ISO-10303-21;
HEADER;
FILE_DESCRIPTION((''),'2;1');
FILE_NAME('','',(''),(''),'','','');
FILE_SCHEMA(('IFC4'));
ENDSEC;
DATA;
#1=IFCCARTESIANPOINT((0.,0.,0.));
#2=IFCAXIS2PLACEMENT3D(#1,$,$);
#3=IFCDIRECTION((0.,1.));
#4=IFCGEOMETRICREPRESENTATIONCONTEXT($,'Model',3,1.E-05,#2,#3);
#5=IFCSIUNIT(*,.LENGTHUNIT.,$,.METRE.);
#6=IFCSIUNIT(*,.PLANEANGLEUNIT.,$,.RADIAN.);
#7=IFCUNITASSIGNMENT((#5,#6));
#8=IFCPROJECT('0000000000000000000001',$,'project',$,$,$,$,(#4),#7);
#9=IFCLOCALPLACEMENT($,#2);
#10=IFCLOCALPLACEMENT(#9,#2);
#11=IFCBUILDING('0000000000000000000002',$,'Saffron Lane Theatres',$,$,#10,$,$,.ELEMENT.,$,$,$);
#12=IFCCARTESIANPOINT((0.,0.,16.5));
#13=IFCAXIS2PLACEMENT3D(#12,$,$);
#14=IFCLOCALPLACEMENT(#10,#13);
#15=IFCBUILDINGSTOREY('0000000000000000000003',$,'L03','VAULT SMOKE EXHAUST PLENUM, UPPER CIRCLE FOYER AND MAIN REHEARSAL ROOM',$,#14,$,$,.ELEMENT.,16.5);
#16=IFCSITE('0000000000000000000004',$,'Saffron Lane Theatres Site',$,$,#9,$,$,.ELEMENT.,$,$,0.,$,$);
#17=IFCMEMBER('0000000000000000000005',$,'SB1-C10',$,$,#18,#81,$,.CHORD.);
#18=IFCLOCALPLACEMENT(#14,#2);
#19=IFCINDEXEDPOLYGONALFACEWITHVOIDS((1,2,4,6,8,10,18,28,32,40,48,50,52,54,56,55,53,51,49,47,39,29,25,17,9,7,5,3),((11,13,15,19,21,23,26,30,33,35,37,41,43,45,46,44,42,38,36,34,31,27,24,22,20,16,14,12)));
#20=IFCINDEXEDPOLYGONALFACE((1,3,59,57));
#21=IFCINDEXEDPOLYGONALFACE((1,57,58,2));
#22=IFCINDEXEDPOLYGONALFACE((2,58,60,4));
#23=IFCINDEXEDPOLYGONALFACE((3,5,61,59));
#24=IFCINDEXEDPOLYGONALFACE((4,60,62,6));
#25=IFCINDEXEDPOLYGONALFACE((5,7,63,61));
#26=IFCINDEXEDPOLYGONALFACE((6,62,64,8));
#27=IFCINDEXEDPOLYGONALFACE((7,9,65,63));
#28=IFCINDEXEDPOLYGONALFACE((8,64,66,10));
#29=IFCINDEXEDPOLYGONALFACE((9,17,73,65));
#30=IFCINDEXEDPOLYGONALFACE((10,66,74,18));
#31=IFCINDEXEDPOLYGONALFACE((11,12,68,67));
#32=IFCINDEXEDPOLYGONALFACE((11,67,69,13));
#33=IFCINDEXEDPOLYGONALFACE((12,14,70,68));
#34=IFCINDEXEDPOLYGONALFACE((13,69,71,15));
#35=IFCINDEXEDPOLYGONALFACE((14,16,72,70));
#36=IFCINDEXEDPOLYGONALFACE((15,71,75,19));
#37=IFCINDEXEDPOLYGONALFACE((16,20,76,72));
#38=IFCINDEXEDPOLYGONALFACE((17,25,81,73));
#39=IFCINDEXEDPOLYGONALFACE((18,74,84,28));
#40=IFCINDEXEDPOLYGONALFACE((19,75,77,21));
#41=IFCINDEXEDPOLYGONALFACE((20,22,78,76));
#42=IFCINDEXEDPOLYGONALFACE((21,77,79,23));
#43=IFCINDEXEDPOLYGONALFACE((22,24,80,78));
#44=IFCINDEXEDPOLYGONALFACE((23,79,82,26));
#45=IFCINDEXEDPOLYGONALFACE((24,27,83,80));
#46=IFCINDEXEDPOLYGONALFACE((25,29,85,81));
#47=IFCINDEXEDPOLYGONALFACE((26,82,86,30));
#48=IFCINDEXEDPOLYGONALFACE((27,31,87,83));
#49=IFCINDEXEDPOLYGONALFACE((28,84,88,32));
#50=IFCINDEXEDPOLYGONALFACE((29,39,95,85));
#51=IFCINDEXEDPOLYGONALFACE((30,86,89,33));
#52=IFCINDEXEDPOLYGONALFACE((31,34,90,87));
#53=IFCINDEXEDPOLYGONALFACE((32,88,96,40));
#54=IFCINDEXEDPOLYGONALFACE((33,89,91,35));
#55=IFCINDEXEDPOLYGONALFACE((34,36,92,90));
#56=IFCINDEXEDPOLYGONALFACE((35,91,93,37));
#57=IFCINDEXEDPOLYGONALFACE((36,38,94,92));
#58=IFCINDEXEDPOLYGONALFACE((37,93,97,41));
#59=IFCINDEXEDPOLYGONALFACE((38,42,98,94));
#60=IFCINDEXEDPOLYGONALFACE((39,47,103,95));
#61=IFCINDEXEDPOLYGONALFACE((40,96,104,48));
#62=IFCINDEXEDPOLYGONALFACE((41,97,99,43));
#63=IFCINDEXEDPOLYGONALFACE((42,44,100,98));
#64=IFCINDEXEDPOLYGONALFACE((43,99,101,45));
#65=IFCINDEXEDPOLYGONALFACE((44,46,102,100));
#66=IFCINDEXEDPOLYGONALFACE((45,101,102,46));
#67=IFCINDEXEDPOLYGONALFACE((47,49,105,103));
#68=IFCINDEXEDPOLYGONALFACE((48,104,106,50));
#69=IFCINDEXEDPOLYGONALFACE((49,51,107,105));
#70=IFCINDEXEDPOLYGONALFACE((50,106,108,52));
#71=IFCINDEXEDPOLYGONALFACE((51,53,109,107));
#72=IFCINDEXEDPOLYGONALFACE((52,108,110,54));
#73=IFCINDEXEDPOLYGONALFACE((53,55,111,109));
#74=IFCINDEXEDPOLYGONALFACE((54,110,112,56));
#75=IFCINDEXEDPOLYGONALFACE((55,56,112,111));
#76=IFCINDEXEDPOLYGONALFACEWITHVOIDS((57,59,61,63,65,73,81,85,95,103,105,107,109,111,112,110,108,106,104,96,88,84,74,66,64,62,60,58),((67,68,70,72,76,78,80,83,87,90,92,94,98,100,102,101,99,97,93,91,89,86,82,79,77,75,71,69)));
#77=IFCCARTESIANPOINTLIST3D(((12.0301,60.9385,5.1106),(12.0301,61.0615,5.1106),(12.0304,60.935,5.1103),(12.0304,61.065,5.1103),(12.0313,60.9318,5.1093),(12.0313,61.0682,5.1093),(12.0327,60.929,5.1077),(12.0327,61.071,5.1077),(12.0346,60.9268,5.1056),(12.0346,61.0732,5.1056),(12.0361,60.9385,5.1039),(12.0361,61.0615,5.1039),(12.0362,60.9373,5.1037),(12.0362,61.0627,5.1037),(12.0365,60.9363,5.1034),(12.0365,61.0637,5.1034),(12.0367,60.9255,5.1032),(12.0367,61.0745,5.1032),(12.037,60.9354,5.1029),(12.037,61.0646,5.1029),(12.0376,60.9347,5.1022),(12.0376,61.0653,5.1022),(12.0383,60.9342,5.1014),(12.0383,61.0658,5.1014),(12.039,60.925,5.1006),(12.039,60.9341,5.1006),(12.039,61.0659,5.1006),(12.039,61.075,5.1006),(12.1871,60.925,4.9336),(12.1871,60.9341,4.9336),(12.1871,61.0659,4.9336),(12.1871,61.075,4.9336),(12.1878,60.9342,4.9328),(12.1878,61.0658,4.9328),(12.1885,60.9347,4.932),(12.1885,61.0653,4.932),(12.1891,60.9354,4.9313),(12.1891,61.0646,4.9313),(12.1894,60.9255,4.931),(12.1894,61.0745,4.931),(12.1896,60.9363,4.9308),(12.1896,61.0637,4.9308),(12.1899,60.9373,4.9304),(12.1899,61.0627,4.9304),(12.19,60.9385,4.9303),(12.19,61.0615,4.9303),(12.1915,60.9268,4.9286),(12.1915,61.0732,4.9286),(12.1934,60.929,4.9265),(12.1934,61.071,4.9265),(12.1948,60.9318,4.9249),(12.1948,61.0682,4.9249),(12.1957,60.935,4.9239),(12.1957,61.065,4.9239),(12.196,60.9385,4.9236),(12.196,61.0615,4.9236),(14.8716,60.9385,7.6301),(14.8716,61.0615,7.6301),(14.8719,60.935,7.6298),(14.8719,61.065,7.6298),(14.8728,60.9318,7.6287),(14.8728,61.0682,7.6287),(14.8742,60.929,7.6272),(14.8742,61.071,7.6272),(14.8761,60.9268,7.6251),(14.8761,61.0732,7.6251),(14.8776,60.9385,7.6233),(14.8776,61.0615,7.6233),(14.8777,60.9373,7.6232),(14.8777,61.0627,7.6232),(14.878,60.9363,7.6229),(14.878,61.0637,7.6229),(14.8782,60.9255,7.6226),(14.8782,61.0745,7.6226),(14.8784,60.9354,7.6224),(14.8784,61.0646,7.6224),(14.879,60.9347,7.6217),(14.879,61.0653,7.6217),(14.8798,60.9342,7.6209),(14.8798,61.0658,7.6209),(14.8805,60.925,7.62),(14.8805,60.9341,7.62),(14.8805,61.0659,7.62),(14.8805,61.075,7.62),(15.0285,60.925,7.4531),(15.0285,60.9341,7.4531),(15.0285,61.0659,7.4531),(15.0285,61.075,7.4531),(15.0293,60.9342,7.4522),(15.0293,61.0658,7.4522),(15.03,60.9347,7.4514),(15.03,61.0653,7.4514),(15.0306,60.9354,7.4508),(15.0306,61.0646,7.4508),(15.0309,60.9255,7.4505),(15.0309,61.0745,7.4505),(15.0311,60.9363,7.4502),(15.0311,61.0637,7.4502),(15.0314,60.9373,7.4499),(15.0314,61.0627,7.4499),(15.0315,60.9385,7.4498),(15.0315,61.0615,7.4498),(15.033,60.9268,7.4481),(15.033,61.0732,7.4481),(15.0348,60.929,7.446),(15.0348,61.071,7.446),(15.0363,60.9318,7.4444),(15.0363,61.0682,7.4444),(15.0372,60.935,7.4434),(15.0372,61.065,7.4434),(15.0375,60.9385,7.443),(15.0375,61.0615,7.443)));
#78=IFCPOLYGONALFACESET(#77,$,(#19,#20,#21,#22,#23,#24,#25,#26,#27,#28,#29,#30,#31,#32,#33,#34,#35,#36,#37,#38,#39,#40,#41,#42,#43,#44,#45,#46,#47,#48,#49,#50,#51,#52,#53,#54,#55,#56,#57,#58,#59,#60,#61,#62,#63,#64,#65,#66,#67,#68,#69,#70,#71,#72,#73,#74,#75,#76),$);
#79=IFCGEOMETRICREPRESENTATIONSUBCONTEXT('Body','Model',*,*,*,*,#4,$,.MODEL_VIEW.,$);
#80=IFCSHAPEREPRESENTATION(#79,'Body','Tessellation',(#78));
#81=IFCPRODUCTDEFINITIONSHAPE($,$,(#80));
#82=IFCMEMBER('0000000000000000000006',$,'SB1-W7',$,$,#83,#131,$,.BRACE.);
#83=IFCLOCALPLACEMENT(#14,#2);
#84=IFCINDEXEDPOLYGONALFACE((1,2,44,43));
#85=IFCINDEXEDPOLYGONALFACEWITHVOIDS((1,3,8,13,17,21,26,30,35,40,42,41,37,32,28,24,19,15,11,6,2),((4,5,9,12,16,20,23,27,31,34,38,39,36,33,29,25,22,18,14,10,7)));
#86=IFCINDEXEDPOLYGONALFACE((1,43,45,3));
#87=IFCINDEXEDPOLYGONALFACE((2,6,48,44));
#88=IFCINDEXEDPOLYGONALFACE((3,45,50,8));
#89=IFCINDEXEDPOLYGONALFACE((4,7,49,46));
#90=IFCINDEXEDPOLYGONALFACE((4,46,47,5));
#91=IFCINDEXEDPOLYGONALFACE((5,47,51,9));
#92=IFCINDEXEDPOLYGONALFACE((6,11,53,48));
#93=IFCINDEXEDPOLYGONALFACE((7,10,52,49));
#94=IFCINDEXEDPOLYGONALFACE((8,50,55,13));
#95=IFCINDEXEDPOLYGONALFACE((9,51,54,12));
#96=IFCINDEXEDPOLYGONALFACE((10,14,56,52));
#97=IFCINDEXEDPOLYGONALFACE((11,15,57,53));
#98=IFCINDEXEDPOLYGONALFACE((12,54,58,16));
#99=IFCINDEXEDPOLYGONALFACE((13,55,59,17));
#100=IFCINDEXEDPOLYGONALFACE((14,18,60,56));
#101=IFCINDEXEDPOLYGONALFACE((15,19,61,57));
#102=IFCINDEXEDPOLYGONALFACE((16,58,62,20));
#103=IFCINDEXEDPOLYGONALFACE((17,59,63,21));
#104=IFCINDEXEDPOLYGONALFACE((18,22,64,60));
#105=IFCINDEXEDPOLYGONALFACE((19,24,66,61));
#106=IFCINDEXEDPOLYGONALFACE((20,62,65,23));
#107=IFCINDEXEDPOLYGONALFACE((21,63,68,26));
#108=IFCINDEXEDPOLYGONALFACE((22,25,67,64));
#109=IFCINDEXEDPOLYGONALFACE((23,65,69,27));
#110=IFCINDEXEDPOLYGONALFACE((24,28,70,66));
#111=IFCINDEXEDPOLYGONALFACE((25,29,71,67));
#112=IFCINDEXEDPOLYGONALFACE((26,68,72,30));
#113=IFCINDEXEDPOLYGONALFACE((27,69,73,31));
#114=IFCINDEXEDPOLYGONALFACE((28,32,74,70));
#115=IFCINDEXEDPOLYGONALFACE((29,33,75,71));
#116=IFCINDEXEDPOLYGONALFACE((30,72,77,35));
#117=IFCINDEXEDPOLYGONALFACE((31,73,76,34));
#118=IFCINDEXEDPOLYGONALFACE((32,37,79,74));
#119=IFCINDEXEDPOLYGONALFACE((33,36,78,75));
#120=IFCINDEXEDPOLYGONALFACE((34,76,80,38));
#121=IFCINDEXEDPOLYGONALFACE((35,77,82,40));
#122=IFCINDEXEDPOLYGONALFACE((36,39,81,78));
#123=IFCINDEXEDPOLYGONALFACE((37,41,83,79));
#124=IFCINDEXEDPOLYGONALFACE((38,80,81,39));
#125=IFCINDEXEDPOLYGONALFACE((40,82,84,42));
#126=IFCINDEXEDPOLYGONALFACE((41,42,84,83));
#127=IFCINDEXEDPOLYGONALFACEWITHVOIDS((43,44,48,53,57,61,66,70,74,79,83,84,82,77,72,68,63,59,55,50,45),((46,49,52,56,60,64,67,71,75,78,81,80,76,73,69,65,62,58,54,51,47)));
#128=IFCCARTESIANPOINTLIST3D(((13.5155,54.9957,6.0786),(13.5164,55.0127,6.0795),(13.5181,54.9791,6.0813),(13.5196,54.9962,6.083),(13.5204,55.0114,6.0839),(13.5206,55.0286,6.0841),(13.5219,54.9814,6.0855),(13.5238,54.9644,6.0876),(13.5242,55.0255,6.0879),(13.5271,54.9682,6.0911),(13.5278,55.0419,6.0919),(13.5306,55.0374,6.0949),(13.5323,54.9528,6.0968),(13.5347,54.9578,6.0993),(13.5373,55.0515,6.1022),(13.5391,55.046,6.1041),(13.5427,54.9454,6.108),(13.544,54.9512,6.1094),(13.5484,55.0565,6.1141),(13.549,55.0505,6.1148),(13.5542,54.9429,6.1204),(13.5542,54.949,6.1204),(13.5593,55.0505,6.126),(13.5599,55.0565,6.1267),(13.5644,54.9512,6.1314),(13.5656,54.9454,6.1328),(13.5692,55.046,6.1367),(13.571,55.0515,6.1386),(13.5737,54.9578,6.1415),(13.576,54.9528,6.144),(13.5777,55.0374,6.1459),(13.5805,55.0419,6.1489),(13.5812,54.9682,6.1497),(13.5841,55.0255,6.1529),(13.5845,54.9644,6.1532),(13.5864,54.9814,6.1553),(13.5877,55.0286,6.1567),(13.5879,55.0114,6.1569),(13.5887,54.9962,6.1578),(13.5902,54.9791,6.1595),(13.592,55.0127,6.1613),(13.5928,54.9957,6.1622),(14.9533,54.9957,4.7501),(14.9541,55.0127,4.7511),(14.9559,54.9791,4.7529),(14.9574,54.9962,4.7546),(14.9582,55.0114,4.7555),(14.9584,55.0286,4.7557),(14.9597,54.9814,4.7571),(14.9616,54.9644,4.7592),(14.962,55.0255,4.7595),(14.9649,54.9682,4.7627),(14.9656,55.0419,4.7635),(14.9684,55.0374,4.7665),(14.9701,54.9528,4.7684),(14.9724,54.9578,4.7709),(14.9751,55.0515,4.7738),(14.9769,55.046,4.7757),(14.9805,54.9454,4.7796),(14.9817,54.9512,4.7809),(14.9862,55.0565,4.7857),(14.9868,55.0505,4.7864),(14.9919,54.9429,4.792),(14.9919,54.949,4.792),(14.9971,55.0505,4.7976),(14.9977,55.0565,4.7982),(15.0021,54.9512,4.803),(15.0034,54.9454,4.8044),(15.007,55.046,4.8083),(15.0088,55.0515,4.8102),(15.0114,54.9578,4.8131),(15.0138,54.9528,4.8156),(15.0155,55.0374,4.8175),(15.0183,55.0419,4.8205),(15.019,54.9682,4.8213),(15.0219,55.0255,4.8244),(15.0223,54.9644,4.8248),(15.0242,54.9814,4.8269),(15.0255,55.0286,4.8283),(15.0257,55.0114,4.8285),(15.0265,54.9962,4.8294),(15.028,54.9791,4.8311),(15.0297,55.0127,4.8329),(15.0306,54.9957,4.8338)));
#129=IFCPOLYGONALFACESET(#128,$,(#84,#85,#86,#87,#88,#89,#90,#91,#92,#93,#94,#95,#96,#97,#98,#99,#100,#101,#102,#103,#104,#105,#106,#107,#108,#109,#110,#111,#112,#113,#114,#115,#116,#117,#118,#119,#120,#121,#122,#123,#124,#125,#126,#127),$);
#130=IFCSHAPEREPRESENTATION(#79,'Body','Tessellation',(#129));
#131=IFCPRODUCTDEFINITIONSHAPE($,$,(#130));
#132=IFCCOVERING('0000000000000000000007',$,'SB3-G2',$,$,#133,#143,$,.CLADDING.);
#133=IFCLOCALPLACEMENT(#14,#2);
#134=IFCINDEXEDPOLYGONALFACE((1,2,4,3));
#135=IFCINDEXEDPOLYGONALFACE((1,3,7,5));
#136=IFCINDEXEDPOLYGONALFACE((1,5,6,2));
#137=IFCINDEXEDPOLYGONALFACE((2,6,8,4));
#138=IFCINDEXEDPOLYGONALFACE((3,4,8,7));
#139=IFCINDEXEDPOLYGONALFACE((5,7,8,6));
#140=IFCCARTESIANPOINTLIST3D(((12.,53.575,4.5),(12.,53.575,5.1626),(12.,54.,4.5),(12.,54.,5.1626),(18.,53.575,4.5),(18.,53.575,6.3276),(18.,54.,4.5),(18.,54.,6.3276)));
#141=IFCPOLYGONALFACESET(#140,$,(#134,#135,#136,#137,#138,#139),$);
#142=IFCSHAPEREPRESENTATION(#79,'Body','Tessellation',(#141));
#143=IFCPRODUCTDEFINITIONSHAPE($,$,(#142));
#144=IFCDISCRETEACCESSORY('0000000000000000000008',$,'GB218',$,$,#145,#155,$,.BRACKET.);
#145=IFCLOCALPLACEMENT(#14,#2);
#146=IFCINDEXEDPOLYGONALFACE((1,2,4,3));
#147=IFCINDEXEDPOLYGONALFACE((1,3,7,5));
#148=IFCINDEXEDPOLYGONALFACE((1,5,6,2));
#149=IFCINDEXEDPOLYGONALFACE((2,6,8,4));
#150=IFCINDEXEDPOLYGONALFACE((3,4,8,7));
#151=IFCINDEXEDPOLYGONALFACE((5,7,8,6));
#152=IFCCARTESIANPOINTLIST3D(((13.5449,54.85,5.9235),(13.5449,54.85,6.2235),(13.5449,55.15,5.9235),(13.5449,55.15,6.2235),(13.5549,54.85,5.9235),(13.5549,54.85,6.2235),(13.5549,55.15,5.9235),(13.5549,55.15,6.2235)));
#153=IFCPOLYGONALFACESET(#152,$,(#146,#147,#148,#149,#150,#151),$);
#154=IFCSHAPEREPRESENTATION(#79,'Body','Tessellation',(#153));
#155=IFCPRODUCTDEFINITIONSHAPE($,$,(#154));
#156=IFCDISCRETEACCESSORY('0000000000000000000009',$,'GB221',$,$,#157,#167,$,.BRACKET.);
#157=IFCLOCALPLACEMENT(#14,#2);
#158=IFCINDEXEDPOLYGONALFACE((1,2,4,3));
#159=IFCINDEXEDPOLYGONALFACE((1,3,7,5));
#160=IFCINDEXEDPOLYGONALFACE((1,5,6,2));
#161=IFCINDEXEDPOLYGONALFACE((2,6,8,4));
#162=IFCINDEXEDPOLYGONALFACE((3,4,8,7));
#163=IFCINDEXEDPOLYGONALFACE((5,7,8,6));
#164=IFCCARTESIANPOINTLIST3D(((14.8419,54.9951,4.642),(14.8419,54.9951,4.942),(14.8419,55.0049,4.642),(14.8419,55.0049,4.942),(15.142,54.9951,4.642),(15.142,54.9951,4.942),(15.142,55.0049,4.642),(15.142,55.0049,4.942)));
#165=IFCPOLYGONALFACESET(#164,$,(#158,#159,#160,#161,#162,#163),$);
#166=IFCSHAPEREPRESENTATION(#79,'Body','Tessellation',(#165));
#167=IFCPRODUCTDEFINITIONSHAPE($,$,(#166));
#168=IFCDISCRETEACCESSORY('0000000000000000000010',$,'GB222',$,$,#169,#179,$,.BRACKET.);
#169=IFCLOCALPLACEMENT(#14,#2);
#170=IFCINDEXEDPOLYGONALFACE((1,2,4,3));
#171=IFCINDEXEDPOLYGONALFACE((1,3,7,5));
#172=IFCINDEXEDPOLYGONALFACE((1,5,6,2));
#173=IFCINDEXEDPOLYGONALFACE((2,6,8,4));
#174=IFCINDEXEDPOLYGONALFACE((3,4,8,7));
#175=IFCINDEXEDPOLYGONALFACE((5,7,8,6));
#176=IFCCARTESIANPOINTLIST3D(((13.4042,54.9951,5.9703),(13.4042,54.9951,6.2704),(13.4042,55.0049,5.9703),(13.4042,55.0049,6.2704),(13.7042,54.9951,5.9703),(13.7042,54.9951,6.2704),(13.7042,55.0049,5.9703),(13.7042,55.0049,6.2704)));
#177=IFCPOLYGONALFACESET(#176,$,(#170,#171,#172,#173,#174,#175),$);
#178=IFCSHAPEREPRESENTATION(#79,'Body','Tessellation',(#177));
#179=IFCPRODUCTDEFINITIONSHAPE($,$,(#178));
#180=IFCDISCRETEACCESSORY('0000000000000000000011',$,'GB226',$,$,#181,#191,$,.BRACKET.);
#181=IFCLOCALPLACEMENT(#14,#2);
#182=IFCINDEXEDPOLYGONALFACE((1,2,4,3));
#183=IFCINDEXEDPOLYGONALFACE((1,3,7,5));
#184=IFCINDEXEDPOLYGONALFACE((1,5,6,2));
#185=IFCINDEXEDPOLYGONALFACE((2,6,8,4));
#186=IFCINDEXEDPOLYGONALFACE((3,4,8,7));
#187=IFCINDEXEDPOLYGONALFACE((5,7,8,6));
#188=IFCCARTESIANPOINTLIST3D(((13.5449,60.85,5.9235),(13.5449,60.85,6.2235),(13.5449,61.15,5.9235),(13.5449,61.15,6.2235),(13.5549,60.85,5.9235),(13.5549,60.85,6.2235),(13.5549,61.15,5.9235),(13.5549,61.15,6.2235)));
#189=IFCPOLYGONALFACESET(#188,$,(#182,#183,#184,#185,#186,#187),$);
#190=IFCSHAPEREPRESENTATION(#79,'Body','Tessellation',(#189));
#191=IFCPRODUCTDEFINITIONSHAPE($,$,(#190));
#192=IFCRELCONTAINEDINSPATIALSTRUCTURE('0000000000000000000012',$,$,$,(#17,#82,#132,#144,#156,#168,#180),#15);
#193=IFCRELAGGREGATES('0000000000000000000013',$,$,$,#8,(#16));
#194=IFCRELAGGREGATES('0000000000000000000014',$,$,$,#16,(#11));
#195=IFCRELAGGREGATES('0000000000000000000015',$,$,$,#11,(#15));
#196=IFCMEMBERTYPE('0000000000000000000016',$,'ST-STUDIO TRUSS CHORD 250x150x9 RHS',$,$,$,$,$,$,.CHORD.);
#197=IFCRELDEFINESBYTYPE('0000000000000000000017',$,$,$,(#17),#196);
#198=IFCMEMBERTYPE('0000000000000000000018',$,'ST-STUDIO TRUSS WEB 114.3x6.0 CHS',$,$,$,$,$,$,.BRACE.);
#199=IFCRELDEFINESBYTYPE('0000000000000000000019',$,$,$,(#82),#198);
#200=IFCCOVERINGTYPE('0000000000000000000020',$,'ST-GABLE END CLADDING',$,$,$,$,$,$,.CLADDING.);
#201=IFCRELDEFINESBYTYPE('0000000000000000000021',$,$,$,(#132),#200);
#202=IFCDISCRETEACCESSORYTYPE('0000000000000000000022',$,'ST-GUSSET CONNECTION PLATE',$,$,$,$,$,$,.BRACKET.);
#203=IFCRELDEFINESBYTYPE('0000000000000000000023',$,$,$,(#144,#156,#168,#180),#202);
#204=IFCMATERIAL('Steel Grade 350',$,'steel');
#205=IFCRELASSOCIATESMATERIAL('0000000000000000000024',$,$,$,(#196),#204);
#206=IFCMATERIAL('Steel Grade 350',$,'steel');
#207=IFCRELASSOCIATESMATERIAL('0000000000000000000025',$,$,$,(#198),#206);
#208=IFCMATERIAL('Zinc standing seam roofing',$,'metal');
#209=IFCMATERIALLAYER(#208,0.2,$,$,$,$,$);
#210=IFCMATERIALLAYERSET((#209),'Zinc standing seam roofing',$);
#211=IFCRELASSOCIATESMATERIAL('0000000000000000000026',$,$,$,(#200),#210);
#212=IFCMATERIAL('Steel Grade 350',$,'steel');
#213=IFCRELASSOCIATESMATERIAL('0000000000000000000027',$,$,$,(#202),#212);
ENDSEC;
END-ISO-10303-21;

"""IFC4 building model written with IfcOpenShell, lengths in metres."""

from ifc_helpers import new_model, si_unit, direction, frame, origin, origin_2d, place, context, subcontext, project, spatial, polyline, rectangle, hollow_rectangle, hollow_circle, outline, extrude, material, layer, layer_set, material_profile, profile_set, type_object, element, save


model = new_model("IFC4")

# Units and contexts
model_context = context("Model", 3, precision=1e-05, world=origin(), true_north=direction((0.0, 1.0)))
body_context = subcontext(model_context, "Body", "Model", "MODEL_VIEW")
ifc_project = project(units=[si_unit("LENGTHUNIT", "METRE"), si_unit("PLANEANGLEUNIT", "RADIAN")], contexts=[model_context])

# Site, building, storey
site_placement = place(None, origin())
site = spatial("IfcSite", under=ifc_project, at=site_placement, Name="Saffron Lane Theatres Site", CompositionType="ELEMENT", RefElevation=0.0)
building_placement = place(site_placement, origin())
building = spatial("IfcBuilding", under=site, at=building_placement, Name="Saffron Lane Theatres", CompositionType="ELEMENT")
storey_placement = place(building_placement, frame((0.0, 0.0, 16.5)))
storey = spatial("IfcBuildingStorey", under=building, at=storey_placement, Name="L03", Description="VAULT SMOKE EXHAUST PLENUM, UPPER CIRCLE FOYER AND MAIN REHEARSAL ROOM", CompositionType="ELEMENT", Elevation=16.5)

# Members
ifc_material_1 = material(Name="Steel Grade 350", Category="steel")
ifc_material_profile_1 = material_profile(ifc_material_1, hollow_rectangle(XDim=0.1499, YDim=0.25, WallThickness=0.009, InnerFilletRadius=0.0044, OuterFilletRadius=0.0134, at=origin_2d()))
ifc_profile_set_1 = profile_set([ifc_material_profile_1], Name="Steel Grade 350")
member_type_1 = type_object("IfcMemberType", Name="ST-STUDIO TRUSS CHORD 250x150x9 RHS", PredefinedType="CHORD", material=ifc_profile_set_1)
for number, where, z_axis, x_axis, name in (
    (1, (12.113, 61.0, 5.0171), (0.748232, 0.0, 0.663438), (0.0, 1.0, 0.0), "SB1-C10"),
):
    element("IfcMember", number, at=place(storey_placement, frame(where, z_axis=z_axis, x_axis=x_axis)), inside=storey, type_object=member_type_1, Name=name, PredefinedType="CHORD", context=body_context, shape_type="SweptSolid", body=[
        extrude(hollow_rectangle(XDim=0.1499, YDim=0.25, WallThickness=0.009, InnerFilletRadius=0.0044, OuterFilletRadius=0.0134, at=origin_2d()), origin(), (0.0, 0.0, 1.0), 3.7976),
    ])
ifc_material_2 = material(Name="Steel Grade 350", Category="steel")
ifc_material_profile_2 = material_profile(ifc_material_2, hollow_circle(Radius=0.0571, WallThickness=0.0061, at=origin_2d()))
ifc_profile_set_2 = profile_set([ifc_material_profile_2], Name="Steel Grade 350")
member_type_2 = type_object("IfcMemberType", Name="ST-STUDIO TRUSS WEB 114.3x6.0 CHS", PredefinedType="BRACE", material=ifc_profile_set_2)
member_placement = place(storey_placement, frame((14.9919, 55.0, 4.792), z_axis=(-0.734493, 0.0, 0.678617), x_axis=(0.0, -1.0, 0.0)))
element("IfcMember", 2, at=member_placement, inside=storey, type_object=member_type_2, Name="SB1-W7", PredefinedType="BRACE", context=body_context, shape_type="SweptSolid", body=[
    extrude(hollow_circle(Radius=0.0571, WallThickness=0.0061, at=origin_2d()), origin(), (0.0, 0.0, 1.0), 1.9575),
])

# Covering
ifc_material_3 = material(Name="Zinc standing seam roofing", Category="metal")
ifc_layer = layer(ifc_material_3, 0.2)
ifc_layer_set = layer_set([ifc_layer], Name="Zinc standing seam roofing")
covering_type = type_object("IfcCoveringType", Name="ST-GABLE END CLADDING", PredefinedType="CLADDING", material=ifc_layer_set)
covering_placement = place(storey_placement, frame((12.0, 54.0, 5.1626), z_axis=(0.0, 1.0, 0.0), x_axis=(0.981665, 0.0, 0.190613)))
element("IfcCovering", 3, at=covering_placement, inside=storey, type_object=covering_type, Name="SB3-G2", PredefinedType="CLADDING", context=body_context, shape_type="SweptSolid", body=[
    extrude(outline(polyline([(0.0, 0.0), (6.1121, 0.0), (5.7637, 1.7941), (-0.1263, 0.6504), (0.0, 0.0)])), origin(), (0.0, 0.0, -1.0), 0.425),
])

# Discrete accessories
ifc_material_4 = material(Name="Steel Grade 350", Category="steel")
ifc_material_profile_3 = material_profile(ifc_material_4, rectangle(XDim=0.3, YDim=0.3, at=origin_2d()))
ifc_profile_set_3 = profile_set([ifc_material_profile_3], Name="Steel Grade 350")
discrete_accessory_type_1 = type_object("IfcDiscreteAccessoryType", Name="ST-GUSSET CONNECTION PLATE", PredefinedType="BRACKET", material=ifc_profile_set_3)
discrete_accessory_1_placement = place(storey_placement, frame((13.5449, 55.0, 6.0735), z_axis=(1.0, 0.0, 0.0), x_axis=(0.0, 1.0, 0.0)))
element("IfcDiscreteAccessory", 4, at=discrete_accessory_1_placement, inside=storey, type_object=discrete_accessory_type_1, Name="GB218", PredefinedType="BRACKET", context=body_context, shape_type="SweptSolid", body=[
    extrude(rectangle(XDim=0.3, YDim=0.3, at=origin_2d()), origin(), (0.0, 0.0, 1.0), 0.01),
])
for number, where, z_axis, x_axis, name in (
    (5, (14.9919, 54.9951, 4.792), (0.0, 1.0, 0.0), (-1.0, 0.0, 0.0), "GB221"),
    (6, (13.5542, 54.9951, 6.1204), (0.0, 1.0, 0.0), (-1.0, 0.0, 0.0), "GB222"),
):
    element("IfcDiscreteAccessory", number, at=place(storey_placement, frame(where, z_axis=z_axis, x_axis=x_axis)), inside=storey, type_object=discrete_accessory_type_1, Name=name, PredefinedType="BRACKET", context=body_context, shape_type="SweptSolid", body=[
        extrude(rectangle(XDim=0.3, YDim=0.3, at=origin_2d()), origin(), (0.0, 0.0, 1.0), 0.0098),
    ])
discrete_accessory_2_placement = place(storey_placement, frame((13.5449, 61.0, 6.0735), z_axis=(1.0, 0.0, 0.0), x_axis=(0.0, 1.0, 0.0)))
element("IfcDiscreteAccessory", 7, at=discrete_accessory_2_placement, inside=storey, type_object=discrete_accessory_type_1, Name="GB226", PredefinedType="BRACKET", context=body_context, shape_type="SweptSolid", body=[
    extrude(rectangle(XDim=0.3, YDim=0.3, at=origin_2d()), origin(), (0.0, 0.0, 1.0), 0.01),
])

save(model, "model.ifc")
